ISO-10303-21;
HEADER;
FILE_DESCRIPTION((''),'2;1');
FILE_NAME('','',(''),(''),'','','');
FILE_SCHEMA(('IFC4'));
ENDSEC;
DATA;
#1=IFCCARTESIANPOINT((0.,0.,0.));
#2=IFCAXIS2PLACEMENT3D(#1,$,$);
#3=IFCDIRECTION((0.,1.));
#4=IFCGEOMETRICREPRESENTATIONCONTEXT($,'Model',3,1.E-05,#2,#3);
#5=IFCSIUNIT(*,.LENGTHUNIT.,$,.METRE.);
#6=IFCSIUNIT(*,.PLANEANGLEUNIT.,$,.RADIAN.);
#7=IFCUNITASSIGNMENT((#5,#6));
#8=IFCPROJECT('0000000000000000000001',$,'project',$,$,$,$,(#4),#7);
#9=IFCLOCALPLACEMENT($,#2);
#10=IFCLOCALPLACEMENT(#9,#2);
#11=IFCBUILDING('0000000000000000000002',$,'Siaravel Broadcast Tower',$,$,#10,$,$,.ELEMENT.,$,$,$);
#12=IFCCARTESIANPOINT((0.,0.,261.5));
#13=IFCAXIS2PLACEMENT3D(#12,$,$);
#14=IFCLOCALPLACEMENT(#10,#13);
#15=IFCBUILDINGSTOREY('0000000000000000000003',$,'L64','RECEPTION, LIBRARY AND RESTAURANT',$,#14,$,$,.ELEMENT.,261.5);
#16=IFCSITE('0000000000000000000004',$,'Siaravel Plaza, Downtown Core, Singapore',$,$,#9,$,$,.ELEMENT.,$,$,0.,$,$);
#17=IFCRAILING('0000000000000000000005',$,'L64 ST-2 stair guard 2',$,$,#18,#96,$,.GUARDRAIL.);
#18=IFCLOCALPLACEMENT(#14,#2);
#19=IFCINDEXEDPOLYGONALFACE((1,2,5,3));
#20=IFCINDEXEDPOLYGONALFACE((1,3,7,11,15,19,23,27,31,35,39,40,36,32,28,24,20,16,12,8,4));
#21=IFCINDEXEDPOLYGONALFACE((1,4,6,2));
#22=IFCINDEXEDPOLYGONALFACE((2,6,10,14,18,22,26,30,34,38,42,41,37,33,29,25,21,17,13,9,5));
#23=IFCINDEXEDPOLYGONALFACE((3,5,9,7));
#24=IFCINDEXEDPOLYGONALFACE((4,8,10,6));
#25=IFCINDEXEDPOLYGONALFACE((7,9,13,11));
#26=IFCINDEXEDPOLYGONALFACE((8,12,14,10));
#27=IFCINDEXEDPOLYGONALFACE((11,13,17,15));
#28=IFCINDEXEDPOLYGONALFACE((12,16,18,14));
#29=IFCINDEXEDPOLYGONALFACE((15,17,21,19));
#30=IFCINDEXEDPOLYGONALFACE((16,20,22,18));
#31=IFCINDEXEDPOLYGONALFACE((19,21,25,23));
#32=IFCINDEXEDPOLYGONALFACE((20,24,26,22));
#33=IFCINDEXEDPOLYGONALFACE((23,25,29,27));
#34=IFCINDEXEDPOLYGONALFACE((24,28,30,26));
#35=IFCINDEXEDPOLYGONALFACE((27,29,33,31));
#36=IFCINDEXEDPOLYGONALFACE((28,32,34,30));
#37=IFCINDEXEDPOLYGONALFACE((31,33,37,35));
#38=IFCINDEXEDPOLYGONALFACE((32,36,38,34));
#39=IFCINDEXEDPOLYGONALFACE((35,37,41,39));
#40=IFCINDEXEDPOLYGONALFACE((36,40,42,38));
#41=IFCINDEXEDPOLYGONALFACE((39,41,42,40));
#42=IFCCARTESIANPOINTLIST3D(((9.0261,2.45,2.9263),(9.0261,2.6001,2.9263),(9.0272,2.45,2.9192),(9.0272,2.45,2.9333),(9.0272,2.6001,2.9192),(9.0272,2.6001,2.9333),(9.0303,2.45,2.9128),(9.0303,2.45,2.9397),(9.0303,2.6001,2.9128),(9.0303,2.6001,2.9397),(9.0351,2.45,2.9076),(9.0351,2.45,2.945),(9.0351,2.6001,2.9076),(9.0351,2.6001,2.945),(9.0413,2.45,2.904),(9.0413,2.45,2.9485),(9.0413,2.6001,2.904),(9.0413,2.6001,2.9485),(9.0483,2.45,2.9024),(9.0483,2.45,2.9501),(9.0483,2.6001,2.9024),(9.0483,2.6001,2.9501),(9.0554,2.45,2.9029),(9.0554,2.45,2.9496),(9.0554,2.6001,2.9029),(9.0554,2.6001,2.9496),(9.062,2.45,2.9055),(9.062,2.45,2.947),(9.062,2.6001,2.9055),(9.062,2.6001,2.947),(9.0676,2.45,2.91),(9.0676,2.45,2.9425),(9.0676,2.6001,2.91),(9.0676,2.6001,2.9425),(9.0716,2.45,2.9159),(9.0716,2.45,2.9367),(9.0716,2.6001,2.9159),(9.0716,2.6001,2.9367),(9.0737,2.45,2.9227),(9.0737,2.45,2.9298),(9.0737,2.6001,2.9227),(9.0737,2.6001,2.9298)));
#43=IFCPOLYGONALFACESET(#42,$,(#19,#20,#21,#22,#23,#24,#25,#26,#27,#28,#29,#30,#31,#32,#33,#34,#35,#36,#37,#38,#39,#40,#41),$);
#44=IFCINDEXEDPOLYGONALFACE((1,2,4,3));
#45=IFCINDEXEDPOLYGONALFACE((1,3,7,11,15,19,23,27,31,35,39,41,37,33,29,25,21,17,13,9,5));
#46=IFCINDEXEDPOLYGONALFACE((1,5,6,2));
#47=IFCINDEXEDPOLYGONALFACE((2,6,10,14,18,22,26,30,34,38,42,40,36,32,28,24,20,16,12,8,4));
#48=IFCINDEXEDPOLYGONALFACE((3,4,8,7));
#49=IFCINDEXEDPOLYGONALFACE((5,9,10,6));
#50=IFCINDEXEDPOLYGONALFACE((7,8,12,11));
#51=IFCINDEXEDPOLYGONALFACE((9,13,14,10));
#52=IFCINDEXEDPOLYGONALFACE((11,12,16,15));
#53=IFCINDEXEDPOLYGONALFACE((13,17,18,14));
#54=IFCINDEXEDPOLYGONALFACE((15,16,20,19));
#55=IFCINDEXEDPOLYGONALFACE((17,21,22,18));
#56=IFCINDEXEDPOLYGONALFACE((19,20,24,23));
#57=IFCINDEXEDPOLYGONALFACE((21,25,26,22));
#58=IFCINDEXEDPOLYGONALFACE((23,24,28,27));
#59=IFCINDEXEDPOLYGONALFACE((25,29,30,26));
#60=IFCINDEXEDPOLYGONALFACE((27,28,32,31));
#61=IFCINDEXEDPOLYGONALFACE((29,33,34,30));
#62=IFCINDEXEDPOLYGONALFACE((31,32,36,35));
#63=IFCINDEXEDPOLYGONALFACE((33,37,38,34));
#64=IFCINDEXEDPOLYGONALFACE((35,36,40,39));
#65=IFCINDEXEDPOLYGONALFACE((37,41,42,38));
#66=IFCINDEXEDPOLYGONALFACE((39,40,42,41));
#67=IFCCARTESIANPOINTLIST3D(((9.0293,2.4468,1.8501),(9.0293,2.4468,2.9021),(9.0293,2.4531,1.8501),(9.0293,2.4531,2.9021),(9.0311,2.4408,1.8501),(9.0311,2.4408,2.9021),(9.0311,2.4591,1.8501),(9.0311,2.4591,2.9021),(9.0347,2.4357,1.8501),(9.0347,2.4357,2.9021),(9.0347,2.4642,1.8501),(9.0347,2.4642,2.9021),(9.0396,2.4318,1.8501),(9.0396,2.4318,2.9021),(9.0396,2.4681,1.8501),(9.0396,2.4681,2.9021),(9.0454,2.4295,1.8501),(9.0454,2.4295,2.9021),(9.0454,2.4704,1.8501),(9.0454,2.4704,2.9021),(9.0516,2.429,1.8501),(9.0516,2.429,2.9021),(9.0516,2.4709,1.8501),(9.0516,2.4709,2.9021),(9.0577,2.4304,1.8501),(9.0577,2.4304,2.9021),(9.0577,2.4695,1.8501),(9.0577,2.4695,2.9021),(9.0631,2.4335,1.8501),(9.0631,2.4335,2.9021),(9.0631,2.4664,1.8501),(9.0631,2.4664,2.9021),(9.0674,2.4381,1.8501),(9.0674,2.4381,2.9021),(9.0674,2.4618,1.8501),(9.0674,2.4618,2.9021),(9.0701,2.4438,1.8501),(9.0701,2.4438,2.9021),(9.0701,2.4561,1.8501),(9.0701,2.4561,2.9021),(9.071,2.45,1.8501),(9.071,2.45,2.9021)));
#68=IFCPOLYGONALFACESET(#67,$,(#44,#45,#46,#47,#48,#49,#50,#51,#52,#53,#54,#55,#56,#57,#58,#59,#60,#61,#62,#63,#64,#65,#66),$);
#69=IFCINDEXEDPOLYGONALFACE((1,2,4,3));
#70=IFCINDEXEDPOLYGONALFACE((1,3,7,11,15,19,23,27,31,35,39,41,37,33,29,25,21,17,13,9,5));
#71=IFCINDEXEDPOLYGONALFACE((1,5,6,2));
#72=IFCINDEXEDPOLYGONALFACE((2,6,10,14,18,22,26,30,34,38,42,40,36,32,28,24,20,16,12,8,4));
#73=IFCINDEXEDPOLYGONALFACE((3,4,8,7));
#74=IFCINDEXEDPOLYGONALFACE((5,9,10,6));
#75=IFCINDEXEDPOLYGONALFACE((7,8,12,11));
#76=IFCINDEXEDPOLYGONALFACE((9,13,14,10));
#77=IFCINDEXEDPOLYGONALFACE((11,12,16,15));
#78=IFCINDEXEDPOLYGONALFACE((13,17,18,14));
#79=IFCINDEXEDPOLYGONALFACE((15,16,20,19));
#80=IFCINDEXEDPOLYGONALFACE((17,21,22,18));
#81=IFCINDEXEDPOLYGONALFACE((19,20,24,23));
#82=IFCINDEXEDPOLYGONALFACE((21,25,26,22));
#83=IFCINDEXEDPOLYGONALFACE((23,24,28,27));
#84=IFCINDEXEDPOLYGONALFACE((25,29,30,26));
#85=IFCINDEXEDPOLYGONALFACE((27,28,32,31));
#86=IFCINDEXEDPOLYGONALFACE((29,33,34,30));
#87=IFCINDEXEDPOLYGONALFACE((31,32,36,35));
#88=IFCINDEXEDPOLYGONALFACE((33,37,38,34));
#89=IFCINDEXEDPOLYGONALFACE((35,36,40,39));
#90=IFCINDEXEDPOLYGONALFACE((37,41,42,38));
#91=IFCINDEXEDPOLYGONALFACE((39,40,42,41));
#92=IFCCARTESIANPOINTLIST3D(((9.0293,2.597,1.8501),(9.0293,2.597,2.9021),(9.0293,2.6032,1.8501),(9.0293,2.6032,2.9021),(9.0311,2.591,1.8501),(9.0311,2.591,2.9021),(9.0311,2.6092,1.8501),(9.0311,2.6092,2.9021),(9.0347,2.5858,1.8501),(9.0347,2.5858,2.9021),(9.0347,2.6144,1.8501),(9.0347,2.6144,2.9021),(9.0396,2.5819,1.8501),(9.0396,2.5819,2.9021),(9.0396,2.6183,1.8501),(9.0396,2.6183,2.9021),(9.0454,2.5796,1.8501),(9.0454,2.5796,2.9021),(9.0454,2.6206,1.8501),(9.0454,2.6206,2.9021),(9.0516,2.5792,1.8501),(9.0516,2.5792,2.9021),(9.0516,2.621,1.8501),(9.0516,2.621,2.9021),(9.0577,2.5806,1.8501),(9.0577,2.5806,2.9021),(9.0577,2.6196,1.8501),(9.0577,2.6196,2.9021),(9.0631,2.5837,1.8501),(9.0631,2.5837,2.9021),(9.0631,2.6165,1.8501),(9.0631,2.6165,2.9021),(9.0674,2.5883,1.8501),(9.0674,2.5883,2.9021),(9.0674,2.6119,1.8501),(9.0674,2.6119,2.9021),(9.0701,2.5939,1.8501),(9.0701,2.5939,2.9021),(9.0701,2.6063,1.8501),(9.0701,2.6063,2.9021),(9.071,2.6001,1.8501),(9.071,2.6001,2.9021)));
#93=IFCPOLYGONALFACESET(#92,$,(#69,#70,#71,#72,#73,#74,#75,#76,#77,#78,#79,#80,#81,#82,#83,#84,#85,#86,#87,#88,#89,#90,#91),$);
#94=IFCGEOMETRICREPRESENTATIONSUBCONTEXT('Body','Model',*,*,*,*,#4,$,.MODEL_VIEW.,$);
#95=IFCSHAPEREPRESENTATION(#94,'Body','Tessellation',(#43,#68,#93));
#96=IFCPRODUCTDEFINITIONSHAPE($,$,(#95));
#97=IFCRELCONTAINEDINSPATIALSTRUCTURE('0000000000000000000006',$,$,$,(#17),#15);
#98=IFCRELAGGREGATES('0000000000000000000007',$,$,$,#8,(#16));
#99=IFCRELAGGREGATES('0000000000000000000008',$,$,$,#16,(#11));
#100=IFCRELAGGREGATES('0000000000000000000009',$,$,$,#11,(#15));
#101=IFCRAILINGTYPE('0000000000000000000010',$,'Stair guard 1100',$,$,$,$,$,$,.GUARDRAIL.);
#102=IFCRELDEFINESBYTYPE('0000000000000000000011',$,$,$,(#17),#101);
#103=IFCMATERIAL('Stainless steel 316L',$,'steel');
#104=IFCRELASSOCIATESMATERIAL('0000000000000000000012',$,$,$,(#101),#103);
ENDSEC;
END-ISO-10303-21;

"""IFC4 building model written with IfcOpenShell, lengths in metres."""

from ifc_helpers import new_model, si_unit, direction, frame, origin, origin_2d, place, context, subcontext, project, spatial, circle, extrude, material, type_object, element, save


model = new_model("IFC4")

# Units and contexts
model_context = context("Model", 3, precision=1e-05, world=origin(), true_north=direction((0.0, 1.0)))
body_context = subcontext(model_context, "Body", "Model", "MODEL_VIEW")
ifc_project = project(units=[si_unit("LENGTHUNIT", "METRE"), si_unit("PLANEANGLEUNIT", "RADIAN")], contexts=[model_context])

# Site, building, storey
site_placement = place(None, origin())
site = spatial("IfcSite", under=ifc_project, at=site_placement, Name="Siaravel Plaza, Downtown Core, Singapore", CompositionType="ELEMENT", RefElevation=0.0)
building_placement = place(site_placement, origin())
building = spatial("IfcBuilding", under=site, at=building_placement, Name="Siaravel Broadcast Tower", CompositionType="ELEMENT")
storey_placement = place(building_placement, frame((0.0, 0.0, 261.5)))
storey = spatial("IfcBuildingStorey", under=building, at=storey_placement, Name="L64", Description="RECEPTION, LIBRARY AND RESTAURANT", CompositionType="ELEMENT", Elevation=261.5)

# Railing
ifc_material_1 = material(Name="Stainless steel 316L", Category="steel")
railing_type_1 = type_object("IfcRailingType", Name="Stair guard 1100", PredefinedType="GUARDRAIL", material=ifc_material_1)
railing_1_placement = place(storey_placement, frame((9.05, 2.45, 1.8501)))
element("IfcRailing", 1, at=railing_1_placement, inside=storey, type_object=railing_type_1, Name="L64 ST-2 stair guard 2", PredefinedType="GUARDRAIL", context=body_context, shape_type="SweptSolid", body=[
    extrude(circle(Radius=0.0239, at=origin_2d()), frame((0.0, 0.0, 1.0762), z_axis=(0.0, 1.0, 0.0), x_axis=(-1.0, 0.0, 0.0)), (0.0, 0.0, 1.0), 0.1501),
    extrude(circle(Radius=0.021, at=origin_2d()), origin(), (0.0, 0.0, 1.0), 1.052),
    extrude(circle(Radius=0.021, at=origin_2d()), frame((0.0, 0.1501, 0.0)), (0.0, 0.0, 1.0), 1.052),
])

save(model, "model.ifc")
